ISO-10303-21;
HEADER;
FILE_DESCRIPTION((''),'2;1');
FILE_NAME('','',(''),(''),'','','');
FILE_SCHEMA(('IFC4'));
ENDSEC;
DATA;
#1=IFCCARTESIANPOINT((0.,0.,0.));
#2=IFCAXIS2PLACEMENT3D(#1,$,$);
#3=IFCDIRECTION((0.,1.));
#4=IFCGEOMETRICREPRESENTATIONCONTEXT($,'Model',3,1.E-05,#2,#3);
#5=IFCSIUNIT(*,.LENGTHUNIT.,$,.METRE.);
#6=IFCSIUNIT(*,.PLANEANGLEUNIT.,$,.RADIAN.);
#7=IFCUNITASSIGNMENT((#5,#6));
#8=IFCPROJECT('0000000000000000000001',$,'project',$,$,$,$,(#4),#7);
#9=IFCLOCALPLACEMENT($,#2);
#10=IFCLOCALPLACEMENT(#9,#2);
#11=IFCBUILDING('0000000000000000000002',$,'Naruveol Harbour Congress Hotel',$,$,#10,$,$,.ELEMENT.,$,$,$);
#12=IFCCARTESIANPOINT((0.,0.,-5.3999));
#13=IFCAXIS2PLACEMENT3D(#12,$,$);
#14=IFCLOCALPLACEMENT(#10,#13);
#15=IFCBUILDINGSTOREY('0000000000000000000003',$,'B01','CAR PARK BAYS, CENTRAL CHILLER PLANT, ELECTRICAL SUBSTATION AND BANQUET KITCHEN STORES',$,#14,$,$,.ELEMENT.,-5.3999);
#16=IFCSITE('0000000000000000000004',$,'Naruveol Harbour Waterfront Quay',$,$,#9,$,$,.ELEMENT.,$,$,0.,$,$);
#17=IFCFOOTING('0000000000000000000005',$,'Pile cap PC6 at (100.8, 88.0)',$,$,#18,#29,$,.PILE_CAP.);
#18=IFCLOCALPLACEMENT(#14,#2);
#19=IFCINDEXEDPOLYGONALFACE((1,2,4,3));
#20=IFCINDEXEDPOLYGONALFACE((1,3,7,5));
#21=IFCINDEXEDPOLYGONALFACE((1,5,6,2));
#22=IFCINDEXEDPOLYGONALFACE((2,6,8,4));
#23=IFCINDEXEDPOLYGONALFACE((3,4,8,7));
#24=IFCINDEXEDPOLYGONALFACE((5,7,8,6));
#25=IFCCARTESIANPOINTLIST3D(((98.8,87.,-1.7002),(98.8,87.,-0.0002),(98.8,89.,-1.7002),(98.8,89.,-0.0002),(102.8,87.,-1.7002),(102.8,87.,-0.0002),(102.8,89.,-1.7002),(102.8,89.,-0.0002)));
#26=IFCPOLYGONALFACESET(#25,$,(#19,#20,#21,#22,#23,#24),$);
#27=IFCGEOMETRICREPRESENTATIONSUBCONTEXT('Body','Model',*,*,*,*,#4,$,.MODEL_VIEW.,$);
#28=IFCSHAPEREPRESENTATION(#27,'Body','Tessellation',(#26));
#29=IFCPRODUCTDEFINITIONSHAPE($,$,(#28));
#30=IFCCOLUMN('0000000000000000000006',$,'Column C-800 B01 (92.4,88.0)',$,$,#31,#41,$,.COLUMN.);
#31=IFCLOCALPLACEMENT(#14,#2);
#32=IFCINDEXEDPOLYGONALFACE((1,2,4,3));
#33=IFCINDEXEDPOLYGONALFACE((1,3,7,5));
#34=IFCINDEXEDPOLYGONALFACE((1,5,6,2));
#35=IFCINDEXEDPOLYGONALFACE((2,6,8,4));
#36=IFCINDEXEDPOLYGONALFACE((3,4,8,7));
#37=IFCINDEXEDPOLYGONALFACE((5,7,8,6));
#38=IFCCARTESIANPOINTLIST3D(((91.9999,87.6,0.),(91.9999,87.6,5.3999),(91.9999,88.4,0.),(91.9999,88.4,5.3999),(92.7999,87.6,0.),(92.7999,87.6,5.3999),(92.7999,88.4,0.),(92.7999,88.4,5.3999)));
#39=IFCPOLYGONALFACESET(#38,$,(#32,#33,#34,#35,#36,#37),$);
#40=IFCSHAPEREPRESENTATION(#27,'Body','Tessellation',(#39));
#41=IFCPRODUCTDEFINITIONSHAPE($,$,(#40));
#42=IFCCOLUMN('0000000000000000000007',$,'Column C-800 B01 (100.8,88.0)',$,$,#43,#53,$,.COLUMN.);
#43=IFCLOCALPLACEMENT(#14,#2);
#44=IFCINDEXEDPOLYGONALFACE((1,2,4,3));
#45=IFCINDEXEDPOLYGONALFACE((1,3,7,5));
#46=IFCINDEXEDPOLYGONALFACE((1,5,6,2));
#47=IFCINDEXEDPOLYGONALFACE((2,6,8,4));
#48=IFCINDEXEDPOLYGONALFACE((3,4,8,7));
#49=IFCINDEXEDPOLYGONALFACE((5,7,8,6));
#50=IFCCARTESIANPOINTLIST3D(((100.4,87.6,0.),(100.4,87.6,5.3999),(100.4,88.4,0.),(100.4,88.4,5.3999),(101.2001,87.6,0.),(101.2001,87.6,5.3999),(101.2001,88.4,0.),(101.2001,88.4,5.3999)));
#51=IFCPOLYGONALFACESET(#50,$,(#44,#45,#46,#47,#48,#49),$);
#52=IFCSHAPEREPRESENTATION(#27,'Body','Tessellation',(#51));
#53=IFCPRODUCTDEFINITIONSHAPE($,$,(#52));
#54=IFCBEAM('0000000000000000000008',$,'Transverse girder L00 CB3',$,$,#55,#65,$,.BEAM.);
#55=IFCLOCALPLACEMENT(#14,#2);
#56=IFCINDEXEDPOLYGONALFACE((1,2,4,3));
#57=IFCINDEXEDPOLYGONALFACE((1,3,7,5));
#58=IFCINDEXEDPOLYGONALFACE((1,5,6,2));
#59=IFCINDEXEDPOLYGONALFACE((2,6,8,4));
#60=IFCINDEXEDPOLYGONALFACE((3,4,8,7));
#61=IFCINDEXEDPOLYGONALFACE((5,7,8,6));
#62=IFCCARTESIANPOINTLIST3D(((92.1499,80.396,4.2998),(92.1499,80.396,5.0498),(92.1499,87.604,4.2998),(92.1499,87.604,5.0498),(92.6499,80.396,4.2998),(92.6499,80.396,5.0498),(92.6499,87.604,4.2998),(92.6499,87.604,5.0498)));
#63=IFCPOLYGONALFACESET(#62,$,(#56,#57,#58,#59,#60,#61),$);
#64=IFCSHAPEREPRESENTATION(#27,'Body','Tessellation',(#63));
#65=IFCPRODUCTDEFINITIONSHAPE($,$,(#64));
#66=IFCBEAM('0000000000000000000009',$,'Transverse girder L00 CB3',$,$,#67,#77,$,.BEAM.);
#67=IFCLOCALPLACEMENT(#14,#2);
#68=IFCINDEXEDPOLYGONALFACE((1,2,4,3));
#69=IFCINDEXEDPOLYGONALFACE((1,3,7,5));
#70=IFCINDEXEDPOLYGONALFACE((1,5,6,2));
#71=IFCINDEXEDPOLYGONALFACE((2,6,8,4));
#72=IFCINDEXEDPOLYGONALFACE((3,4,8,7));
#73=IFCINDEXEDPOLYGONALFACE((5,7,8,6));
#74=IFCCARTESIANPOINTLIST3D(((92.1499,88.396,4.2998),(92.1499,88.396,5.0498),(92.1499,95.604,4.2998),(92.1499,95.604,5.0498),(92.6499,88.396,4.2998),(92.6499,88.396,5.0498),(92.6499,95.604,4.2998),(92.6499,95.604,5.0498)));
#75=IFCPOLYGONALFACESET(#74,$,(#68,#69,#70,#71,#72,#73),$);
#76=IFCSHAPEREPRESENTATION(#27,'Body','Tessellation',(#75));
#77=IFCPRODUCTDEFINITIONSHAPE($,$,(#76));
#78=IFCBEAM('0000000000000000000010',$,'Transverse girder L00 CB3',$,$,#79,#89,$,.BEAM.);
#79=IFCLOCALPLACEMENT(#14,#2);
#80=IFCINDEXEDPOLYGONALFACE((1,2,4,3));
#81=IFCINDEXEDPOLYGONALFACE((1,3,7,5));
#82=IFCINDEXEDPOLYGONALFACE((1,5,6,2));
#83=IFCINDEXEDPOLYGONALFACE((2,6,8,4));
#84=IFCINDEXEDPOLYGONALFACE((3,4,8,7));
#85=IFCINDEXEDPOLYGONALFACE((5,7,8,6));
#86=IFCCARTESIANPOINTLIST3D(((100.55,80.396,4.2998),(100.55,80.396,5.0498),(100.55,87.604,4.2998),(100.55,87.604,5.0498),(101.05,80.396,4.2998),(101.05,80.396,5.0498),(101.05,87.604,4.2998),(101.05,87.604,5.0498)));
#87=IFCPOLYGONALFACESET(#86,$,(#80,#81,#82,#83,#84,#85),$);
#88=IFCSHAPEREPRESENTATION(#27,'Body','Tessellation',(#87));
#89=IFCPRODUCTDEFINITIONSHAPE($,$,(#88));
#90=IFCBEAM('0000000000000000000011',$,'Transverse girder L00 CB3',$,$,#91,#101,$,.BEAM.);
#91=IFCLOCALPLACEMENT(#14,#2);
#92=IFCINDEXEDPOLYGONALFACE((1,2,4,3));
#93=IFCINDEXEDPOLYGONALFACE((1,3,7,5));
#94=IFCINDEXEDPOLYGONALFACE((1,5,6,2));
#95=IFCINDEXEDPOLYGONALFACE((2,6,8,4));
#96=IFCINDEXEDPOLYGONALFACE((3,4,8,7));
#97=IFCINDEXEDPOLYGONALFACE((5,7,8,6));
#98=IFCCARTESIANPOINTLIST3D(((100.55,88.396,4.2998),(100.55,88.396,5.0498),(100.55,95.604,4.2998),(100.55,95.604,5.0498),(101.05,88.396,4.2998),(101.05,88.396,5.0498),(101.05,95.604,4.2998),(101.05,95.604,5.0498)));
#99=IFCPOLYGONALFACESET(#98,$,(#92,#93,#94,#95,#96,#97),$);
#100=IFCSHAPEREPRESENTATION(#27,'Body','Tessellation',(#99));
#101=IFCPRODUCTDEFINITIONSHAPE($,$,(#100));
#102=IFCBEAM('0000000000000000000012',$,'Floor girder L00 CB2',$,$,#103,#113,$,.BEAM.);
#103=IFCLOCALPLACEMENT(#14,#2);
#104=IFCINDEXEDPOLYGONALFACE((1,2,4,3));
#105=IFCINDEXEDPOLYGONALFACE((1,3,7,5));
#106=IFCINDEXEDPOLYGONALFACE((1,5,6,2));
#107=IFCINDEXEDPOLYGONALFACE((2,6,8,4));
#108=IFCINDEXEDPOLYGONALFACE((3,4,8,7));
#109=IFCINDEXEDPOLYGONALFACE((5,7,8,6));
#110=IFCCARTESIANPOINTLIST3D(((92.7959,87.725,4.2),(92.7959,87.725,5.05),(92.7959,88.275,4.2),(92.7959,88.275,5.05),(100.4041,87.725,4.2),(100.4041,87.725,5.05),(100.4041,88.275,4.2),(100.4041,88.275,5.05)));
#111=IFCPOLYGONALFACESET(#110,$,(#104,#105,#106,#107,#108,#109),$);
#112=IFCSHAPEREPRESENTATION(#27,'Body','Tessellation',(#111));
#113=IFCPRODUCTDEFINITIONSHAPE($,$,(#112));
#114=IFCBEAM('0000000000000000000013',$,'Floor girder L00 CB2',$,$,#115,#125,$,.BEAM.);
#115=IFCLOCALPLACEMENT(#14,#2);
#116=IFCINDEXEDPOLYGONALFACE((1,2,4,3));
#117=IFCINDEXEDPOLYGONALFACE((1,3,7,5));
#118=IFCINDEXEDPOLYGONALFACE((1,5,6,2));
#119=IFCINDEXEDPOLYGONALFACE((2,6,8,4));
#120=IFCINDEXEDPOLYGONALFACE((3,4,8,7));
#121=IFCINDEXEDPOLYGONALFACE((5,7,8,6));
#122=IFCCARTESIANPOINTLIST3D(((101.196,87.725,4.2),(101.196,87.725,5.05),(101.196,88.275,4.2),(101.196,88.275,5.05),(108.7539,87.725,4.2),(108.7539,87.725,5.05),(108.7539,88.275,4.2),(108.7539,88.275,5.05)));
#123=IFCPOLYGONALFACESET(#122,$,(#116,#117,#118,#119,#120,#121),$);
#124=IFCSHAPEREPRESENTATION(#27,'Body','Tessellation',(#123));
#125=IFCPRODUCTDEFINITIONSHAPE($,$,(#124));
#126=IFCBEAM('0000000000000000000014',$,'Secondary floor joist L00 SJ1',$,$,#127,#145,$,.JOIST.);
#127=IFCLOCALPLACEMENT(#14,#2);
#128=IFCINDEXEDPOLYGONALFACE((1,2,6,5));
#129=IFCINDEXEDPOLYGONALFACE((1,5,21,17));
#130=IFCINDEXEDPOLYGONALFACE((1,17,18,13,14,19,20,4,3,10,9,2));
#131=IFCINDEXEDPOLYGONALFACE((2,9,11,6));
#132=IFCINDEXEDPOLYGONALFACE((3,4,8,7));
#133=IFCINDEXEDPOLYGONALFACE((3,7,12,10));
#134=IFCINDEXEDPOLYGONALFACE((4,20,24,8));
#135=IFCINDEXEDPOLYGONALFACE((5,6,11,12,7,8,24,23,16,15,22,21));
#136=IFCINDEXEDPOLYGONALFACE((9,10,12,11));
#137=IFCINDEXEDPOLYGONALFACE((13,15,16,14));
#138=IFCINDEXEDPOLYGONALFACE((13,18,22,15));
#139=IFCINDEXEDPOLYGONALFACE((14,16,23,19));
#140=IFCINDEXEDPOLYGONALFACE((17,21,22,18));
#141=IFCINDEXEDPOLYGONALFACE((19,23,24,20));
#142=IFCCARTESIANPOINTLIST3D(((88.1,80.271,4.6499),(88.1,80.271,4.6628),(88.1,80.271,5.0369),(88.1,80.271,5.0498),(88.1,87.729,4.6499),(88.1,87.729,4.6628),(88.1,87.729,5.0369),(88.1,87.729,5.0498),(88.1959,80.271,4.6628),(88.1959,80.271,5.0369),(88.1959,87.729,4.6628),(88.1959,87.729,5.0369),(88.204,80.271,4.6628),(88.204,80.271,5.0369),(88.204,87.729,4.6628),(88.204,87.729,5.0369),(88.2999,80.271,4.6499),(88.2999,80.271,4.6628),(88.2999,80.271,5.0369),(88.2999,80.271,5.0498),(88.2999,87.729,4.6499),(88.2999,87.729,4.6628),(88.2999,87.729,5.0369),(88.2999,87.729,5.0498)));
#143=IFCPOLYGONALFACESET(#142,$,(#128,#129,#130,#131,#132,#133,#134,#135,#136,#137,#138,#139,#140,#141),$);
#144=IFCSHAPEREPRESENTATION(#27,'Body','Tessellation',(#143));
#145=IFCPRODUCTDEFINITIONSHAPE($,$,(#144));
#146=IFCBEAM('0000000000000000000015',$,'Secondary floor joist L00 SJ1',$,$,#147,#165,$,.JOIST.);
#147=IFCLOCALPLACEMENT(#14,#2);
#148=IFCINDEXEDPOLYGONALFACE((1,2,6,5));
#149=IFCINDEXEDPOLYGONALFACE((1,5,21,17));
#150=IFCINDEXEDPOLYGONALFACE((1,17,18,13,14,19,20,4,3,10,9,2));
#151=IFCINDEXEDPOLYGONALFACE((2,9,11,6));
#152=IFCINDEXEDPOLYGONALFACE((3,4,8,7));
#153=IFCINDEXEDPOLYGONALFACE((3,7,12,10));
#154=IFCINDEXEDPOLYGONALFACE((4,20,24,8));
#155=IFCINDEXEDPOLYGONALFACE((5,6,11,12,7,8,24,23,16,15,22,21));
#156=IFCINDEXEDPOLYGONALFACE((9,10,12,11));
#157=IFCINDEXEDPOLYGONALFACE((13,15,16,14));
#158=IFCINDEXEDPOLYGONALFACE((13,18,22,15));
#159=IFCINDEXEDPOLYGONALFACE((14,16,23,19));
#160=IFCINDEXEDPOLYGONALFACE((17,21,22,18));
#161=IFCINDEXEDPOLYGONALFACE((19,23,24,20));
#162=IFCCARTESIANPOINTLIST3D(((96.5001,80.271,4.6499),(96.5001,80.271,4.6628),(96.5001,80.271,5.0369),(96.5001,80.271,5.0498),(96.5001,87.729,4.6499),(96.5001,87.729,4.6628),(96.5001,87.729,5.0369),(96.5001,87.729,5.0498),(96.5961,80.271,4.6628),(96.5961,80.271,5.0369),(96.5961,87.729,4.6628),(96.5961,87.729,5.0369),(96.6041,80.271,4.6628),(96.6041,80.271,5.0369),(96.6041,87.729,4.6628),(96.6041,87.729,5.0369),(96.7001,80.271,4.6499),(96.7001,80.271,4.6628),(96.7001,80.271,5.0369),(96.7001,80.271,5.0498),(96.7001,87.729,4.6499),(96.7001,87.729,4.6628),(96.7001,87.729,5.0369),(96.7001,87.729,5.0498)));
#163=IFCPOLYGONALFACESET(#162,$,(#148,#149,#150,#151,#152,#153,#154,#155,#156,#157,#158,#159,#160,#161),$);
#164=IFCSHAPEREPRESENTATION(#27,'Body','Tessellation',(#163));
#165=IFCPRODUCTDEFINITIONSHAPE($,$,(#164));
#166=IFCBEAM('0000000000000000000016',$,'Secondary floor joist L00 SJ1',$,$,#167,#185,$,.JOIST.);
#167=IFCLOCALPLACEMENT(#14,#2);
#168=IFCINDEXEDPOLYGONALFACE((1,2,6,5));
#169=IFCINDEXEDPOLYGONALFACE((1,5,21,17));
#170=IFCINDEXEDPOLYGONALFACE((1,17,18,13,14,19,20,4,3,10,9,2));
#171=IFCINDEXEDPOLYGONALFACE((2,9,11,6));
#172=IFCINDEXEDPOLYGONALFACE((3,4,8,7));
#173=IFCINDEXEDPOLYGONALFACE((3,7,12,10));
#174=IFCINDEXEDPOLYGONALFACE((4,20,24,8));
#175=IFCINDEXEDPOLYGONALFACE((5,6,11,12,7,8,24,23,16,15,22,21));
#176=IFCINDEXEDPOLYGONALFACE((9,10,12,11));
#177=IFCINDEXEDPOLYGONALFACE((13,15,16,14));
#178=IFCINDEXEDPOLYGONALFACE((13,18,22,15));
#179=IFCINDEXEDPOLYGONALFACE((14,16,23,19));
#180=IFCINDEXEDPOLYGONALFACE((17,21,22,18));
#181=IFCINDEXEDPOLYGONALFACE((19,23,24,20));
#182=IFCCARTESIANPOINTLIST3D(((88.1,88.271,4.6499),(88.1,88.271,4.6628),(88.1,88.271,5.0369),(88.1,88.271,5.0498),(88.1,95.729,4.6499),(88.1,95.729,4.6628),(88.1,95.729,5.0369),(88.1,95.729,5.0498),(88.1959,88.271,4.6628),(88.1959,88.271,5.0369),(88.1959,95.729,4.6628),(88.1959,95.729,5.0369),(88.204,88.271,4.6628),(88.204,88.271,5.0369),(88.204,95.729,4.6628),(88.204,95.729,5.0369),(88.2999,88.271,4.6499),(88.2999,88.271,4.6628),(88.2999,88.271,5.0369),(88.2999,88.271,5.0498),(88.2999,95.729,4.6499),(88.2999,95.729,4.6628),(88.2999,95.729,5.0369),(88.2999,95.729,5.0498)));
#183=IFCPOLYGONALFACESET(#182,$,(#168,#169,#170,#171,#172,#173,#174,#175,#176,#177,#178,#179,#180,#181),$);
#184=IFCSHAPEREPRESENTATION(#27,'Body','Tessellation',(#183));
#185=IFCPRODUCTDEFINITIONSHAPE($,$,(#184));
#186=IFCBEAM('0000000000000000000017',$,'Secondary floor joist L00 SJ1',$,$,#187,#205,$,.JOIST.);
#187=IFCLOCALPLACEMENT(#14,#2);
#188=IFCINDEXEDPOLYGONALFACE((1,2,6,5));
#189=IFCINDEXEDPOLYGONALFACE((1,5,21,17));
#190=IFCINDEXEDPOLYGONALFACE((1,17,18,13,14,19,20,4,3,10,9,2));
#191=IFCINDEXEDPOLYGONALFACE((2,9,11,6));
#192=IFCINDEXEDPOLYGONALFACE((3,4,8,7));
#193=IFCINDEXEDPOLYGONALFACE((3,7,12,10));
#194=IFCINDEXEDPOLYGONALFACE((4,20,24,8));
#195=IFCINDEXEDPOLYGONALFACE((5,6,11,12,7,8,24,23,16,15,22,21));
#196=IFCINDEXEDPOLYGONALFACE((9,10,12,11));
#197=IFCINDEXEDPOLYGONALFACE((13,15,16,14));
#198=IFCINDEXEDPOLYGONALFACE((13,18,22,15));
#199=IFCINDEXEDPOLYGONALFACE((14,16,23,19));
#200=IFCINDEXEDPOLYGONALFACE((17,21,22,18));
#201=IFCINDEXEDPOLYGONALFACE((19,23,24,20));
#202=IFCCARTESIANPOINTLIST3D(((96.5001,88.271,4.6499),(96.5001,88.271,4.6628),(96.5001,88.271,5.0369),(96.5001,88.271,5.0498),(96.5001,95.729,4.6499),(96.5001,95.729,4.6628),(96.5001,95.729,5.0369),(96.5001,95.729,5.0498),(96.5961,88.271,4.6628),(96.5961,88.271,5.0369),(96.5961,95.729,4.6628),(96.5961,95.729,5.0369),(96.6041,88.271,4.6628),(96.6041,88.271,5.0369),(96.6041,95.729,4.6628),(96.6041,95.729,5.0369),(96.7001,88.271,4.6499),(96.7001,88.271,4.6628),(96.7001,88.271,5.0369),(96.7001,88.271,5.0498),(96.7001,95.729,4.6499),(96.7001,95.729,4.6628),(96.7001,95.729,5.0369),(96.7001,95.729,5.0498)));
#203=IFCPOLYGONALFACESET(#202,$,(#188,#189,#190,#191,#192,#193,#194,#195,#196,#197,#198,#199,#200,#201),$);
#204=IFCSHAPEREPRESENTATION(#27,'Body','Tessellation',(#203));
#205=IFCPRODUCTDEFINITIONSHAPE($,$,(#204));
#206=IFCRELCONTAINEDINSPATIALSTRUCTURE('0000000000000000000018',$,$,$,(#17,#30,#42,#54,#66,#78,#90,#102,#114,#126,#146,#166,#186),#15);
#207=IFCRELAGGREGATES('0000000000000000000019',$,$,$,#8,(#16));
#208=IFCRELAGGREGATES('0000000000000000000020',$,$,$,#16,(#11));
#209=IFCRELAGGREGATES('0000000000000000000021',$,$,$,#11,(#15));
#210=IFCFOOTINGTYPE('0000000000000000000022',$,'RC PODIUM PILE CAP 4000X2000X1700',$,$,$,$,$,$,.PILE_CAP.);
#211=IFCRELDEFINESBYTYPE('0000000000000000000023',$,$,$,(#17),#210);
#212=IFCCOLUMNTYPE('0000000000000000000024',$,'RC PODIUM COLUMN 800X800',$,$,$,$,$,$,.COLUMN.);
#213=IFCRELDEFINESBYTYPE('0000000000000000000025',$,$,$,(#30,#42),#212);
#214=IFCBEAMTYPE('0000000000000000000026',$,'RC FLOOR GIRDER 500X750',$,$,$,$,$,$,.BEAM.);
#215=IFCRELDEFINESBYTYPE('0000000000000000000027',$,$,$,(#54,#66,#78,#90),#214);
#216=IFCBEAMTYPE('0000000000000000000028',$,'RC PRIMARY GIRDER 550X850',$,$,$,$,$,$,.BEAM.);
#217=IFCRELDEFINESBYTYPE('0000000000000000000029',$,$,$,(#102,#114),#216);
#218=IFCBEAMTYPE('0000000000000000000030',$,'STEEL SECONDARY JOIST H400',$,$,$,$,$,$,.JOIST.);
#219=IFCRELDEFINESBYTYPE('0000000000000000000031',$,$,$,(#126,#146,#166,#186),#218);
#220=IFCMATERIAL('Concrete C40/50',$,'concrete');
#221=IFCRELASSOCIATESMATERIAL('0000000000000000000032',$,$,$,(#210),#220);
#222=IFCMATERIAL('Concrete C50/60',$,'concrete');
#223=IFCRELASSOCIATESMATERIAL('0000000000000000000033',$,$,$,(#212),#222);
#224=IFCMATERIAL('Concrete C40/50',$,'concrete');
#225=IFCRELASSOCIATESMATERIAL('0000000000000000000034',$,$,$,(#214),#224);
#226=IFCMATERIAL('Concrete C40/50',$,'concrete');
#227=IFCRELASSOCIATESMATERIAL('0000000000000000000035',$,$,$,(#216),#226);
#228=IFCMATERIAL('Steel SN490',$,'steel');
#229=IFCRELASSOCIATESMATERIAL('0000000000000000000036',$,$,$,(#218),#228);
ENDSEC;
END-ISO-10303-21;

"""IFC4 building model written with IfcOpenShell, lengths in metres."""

from ifc_helpers import new_model, si_unit, direction, frame, origin, origin_2d, place, context, subcontext, project, spatial, rectangle, i_section, extrude, material, material_profile, profile_set, type_object, element, save


model = new_model("IFC4")

# Units and contexts
model_context = context("Model", 3, precision=1e-05, world=origin(), true_north=direction((0.0, 1.0)))
body_context = subcontext(model_context, "Body", "Model", "MODEL_VIEW")
ifc_project = project(units=[si_unit("LENGTHUNIT", "METRE"), si_unit("PLANEANGLEUNIT", "RADIAN")], contexts=[model_context])

# Site, building, storey
site_placement = place(None, origin())
site = spatial("IfcSite", under=ifc_project, at=site_placement, Name="Naruveol Harbour Waterfront Quay", CompositionType="ELEMENT", RefElevation=0.0)
building_placement = place(site_placement, origin())
building = spatial("IfcBuilding", under=site, at=building_placement, Name="Naruveol Harbour Congress Hotel", CompositionType="ELEMENT")
storey_placement = place(building_placement, frame((0.0, 0.0, -5.3999)))
storey = spatial("IfcBuildingStorey", under=building, at=storey_placement, Name="B01", Description="CAR PARK BAYS, CENTRAL CHILLER PLANT, ELECTRICAL SUBSTATION AND BANQUET KITCHEN STORES", CompositionType="ELEMENT", Elevation=-5.3999)

# Footing
ifc_material_1 = material(Name="Concrete C40/50", Category="concrete")
footing_type_1 = type_object("IfcFootingType", Name="RC PODIUM PILE CAP 4000X2000X1700", PredefinedType="PILE_CAP", material=ifc_material_1)
for number, where, z_axis, x_axis, name in (
    (1, (100.8, 88.0, -1.7002), (0.0, 0.0, 1.0), (1.0, 0.0, 0.0), "Pile cap PC6 at (100.8, 88.0)"),
):
    element("IfcFooting", number, at=place(storey_placement, frame(where, z_axis=z_axis, x_axis=x_axis)), inside=storey, type_object=footing_type_1, Name=name, PredefinedType="PILE_CAP", context=body_context, shape_type="SweptSolid", body=[
        extrude(rectangle(XDim=4.0, YDim=2.0, at=origin_2d()), origin(), (0.0, 0.0, 1.0), 1.7),
    ])

# Columns
ifc_material_2 = material(Name="Concrete C50/60", Category="concrete")
ifc_material_profile_1 = material_profile(ifc_material_2, rectangle(XDim=0.8, YDim=0.8, at=origin_2d()), Name="RC-800x800")
ifc_profile_set_1 = profile_set([ifc_material_profile_1], Name="Concrete C50/60")
column_type = type_object("IfcColumnType", Name="RC PODIUM COLUMN 800X800", PredefinedType="COLUMN", material=ifc_profile_set_1)
for number, where, z_axis, x_axis, name in (
    (2, (92.3999, 88.0, 0.0), (0.0, 0.0, 1.0), (1.0, 0.0, 0.0), "Column C-800 B01 (92.4,88.0)"),
    (3, (100.8, 88.0, 0.0), (0.0, 0.0, 1.0), (1.0, 0.0, 0.0), "Column C-800 B01 (100.8,88.0)"),
):
    element("IfcColumn", number, at=place(storey_placement, frame(where, z_axis=z_axis, x_axis=x_axis)), inside=storey, type_object=column_type, Name=name, PredefinedType="COLUMN", context=body_context, shape_type="SweptSolid", body=[
        extrude(rectangle(XDim=0.8, YDim=0.8, at=origin_2d()), origin(), (0.0, 0.0, 1.0), 5.3999),
    ])

# Beams
ifc_material_3 = material(Name="Concrete C40/50", Category="concrete")
ifc_material_profile_2 = material_profile(ifc_material_3, rectangle(XDim=0.5, YDim=0.75, at=origin_2d()), Name="RCB-500x750")
ifc_profile_set_2 = profile_set([ifc_material_profile_2], Name="Concrete C40/50")
beam_type_1 = type_object("IfcBeamType", Name="RC FLOOR GIRDER 500X750", PredefinedType="BEAM", material=ifc_profile_set_2)
for number, where, z_axis, x_axis, name in (
    (4, (92.3999, 80.396, 4.6748), (0.0, 1.0, 0.0), (-1.0, 0.0, 0.0), "Transverse girder L00 CB3"),
    (5, (92.3999, 88.396, 4.6748), (0.0, 1.0, 0.0), (-1.0, 0.0, 0.0), "Transverse girder L00 CB3"),
    (6, (100.8, 80.396, 4.6748), (0.0, 1.0, 0.0), (-1.0, 0.0, 0.0), "Transverse girder L00 CB3"),
    (7, (100.8, 88.396, 4.6748), (0.0, 1.0, 0.0), (-1.0, 0.0, 0.0), "Transverse girder L00 CB3"),
):
    element("IfcBeam", number, at=place(storey_placement, frame(where, z_axis=z_axis, x_axis=x_axis)), inside=storey, type_object=beam_type_1, Name=name, PredefinedType="BEAM", context=body_context, shape_type="SweptSolid", body=[
        extrude(rectangle(XDim=0.5, YDim=0.75, at=origin_2d()), origin(), (0.0, 0.0, 1.0), 7.208),
    ])
ifc_material_4 = material(Name="Concrete C40/50", Category="concrete")
ifc_material_profile_3 = material_profile(ifc_material_4, rectangle(XDim=0.55, YDim=0.8501, at=origin_2d()), Name="RCB-550x850")
ifc_profile_set_3 = profile_set([ifc_material_profile_3], Name="Concrete C40/50")
beam_type_2 = type_object("IfcBeamType", Name="RC PRIMARY GIRDER 550X850", PredefinedType="BEAM", material=ifc_profile_set_3)
beam_1_placement = place(storey_placement, frame((92.7959, 88.0, 4.625), z_axis=(1.0, 0.0, 0.0), x_axis=(0.0, 1.0, 0.0)))
element("IfcBeam", 8, at=beam_1_placement, inside=storey, type_object=beam_type_2, Name="Floor girder L00 CB2", PredefinedType="BEAM", context=body_context, shape_type="SweptSolid", body=[
    extrude(rectangle(XDim=0.55, YDim=0.8501, at=origin_2d()), origin(), (0.0, 0.0, 1.0), 7.6082),
])
beam_2_placement = place(storey_placement, frame((101.196, 88.0, 4.625), z_axis=(1.0, 0.0, 0.0), x_axis=(0.0, 1.0, 0.0)))
element("IfcBeam", 9, at=beam_2_placement, inside=storey, type_object=beam_type_2, Name="Floor girder L00 CB2", PredefinedType="BEAM", context=body_context, shape_type="SweptSolid", body=[
    extrude(rectangle(XDim=0.55, YDim=0.8501, at=origin_2d()), origin(), (0.0, 0.0, 1.0), 7.5579),
])
ifc_material_5 = material(Name="Steel SN490", Category="steel")
ifc_material_profile_4 = material_profile(ifc_material_5, i_section(OverallWidth=0.2, OverallDepth=0.3999, WebThickness=0.0081, FlangeThickness=0.0129, at=origin_2d()), Name="H-400x200x8x13")
ifc_profile_set_4 = profile_set([ifc_material_profile_4], Name="Steel SN490")
beam_type_3 = type_object("IfcBeamType", Name="STEEL SECONDARY JOIST H400", PredefinedType="JOIST", material=ifc_profile_set_4)
for number, where, z_axis, x_axis, name in (
    (10, (88.2, 80.271, 4.8499), (0.0, 1.0, 0.0), (-1.0, 0.0, 0.0), "Secondary floor joist L00 SJ1"),
    (11, (96.6001, 80.271, 4.8499), (0.0, 1.0, 0.0), (-1.0, 0.0, 0.0), "Secondary floor joist L00 SJ1"),
    (12, (88.2, 88.271, 4.8499), (0.0, 1.0, 0.0), (-1.0, 0.0, 0.0), "Secondary floor joist L00 SJ1"),
    (13, (96.6001, 88.271, 4.8499), (0.0, 1.0, 0.0), (-1.0, 0.0, 0.0), "Secondary floor joist L00 SJ1"),
):
    element("IfcBeam", number, at=place(storey_placement, frame(where, z_axis=z_axis, x_axis=x_axis)), inside=storey, type_object=beam_type_3, Name=name, PredefinedType="JOIST", context=body_context, shape_type="SweptSolid", body=[
        extrude(i_section(OverallWidth=0.2, OverallDepth=0.3999, WebThickness=0.0081, FlangeThickness=0.0129, at=origin_2d()), origin(), (0.0, 0.0, 1.0), 7.458),
    ])

save(model, "model.ifc")
